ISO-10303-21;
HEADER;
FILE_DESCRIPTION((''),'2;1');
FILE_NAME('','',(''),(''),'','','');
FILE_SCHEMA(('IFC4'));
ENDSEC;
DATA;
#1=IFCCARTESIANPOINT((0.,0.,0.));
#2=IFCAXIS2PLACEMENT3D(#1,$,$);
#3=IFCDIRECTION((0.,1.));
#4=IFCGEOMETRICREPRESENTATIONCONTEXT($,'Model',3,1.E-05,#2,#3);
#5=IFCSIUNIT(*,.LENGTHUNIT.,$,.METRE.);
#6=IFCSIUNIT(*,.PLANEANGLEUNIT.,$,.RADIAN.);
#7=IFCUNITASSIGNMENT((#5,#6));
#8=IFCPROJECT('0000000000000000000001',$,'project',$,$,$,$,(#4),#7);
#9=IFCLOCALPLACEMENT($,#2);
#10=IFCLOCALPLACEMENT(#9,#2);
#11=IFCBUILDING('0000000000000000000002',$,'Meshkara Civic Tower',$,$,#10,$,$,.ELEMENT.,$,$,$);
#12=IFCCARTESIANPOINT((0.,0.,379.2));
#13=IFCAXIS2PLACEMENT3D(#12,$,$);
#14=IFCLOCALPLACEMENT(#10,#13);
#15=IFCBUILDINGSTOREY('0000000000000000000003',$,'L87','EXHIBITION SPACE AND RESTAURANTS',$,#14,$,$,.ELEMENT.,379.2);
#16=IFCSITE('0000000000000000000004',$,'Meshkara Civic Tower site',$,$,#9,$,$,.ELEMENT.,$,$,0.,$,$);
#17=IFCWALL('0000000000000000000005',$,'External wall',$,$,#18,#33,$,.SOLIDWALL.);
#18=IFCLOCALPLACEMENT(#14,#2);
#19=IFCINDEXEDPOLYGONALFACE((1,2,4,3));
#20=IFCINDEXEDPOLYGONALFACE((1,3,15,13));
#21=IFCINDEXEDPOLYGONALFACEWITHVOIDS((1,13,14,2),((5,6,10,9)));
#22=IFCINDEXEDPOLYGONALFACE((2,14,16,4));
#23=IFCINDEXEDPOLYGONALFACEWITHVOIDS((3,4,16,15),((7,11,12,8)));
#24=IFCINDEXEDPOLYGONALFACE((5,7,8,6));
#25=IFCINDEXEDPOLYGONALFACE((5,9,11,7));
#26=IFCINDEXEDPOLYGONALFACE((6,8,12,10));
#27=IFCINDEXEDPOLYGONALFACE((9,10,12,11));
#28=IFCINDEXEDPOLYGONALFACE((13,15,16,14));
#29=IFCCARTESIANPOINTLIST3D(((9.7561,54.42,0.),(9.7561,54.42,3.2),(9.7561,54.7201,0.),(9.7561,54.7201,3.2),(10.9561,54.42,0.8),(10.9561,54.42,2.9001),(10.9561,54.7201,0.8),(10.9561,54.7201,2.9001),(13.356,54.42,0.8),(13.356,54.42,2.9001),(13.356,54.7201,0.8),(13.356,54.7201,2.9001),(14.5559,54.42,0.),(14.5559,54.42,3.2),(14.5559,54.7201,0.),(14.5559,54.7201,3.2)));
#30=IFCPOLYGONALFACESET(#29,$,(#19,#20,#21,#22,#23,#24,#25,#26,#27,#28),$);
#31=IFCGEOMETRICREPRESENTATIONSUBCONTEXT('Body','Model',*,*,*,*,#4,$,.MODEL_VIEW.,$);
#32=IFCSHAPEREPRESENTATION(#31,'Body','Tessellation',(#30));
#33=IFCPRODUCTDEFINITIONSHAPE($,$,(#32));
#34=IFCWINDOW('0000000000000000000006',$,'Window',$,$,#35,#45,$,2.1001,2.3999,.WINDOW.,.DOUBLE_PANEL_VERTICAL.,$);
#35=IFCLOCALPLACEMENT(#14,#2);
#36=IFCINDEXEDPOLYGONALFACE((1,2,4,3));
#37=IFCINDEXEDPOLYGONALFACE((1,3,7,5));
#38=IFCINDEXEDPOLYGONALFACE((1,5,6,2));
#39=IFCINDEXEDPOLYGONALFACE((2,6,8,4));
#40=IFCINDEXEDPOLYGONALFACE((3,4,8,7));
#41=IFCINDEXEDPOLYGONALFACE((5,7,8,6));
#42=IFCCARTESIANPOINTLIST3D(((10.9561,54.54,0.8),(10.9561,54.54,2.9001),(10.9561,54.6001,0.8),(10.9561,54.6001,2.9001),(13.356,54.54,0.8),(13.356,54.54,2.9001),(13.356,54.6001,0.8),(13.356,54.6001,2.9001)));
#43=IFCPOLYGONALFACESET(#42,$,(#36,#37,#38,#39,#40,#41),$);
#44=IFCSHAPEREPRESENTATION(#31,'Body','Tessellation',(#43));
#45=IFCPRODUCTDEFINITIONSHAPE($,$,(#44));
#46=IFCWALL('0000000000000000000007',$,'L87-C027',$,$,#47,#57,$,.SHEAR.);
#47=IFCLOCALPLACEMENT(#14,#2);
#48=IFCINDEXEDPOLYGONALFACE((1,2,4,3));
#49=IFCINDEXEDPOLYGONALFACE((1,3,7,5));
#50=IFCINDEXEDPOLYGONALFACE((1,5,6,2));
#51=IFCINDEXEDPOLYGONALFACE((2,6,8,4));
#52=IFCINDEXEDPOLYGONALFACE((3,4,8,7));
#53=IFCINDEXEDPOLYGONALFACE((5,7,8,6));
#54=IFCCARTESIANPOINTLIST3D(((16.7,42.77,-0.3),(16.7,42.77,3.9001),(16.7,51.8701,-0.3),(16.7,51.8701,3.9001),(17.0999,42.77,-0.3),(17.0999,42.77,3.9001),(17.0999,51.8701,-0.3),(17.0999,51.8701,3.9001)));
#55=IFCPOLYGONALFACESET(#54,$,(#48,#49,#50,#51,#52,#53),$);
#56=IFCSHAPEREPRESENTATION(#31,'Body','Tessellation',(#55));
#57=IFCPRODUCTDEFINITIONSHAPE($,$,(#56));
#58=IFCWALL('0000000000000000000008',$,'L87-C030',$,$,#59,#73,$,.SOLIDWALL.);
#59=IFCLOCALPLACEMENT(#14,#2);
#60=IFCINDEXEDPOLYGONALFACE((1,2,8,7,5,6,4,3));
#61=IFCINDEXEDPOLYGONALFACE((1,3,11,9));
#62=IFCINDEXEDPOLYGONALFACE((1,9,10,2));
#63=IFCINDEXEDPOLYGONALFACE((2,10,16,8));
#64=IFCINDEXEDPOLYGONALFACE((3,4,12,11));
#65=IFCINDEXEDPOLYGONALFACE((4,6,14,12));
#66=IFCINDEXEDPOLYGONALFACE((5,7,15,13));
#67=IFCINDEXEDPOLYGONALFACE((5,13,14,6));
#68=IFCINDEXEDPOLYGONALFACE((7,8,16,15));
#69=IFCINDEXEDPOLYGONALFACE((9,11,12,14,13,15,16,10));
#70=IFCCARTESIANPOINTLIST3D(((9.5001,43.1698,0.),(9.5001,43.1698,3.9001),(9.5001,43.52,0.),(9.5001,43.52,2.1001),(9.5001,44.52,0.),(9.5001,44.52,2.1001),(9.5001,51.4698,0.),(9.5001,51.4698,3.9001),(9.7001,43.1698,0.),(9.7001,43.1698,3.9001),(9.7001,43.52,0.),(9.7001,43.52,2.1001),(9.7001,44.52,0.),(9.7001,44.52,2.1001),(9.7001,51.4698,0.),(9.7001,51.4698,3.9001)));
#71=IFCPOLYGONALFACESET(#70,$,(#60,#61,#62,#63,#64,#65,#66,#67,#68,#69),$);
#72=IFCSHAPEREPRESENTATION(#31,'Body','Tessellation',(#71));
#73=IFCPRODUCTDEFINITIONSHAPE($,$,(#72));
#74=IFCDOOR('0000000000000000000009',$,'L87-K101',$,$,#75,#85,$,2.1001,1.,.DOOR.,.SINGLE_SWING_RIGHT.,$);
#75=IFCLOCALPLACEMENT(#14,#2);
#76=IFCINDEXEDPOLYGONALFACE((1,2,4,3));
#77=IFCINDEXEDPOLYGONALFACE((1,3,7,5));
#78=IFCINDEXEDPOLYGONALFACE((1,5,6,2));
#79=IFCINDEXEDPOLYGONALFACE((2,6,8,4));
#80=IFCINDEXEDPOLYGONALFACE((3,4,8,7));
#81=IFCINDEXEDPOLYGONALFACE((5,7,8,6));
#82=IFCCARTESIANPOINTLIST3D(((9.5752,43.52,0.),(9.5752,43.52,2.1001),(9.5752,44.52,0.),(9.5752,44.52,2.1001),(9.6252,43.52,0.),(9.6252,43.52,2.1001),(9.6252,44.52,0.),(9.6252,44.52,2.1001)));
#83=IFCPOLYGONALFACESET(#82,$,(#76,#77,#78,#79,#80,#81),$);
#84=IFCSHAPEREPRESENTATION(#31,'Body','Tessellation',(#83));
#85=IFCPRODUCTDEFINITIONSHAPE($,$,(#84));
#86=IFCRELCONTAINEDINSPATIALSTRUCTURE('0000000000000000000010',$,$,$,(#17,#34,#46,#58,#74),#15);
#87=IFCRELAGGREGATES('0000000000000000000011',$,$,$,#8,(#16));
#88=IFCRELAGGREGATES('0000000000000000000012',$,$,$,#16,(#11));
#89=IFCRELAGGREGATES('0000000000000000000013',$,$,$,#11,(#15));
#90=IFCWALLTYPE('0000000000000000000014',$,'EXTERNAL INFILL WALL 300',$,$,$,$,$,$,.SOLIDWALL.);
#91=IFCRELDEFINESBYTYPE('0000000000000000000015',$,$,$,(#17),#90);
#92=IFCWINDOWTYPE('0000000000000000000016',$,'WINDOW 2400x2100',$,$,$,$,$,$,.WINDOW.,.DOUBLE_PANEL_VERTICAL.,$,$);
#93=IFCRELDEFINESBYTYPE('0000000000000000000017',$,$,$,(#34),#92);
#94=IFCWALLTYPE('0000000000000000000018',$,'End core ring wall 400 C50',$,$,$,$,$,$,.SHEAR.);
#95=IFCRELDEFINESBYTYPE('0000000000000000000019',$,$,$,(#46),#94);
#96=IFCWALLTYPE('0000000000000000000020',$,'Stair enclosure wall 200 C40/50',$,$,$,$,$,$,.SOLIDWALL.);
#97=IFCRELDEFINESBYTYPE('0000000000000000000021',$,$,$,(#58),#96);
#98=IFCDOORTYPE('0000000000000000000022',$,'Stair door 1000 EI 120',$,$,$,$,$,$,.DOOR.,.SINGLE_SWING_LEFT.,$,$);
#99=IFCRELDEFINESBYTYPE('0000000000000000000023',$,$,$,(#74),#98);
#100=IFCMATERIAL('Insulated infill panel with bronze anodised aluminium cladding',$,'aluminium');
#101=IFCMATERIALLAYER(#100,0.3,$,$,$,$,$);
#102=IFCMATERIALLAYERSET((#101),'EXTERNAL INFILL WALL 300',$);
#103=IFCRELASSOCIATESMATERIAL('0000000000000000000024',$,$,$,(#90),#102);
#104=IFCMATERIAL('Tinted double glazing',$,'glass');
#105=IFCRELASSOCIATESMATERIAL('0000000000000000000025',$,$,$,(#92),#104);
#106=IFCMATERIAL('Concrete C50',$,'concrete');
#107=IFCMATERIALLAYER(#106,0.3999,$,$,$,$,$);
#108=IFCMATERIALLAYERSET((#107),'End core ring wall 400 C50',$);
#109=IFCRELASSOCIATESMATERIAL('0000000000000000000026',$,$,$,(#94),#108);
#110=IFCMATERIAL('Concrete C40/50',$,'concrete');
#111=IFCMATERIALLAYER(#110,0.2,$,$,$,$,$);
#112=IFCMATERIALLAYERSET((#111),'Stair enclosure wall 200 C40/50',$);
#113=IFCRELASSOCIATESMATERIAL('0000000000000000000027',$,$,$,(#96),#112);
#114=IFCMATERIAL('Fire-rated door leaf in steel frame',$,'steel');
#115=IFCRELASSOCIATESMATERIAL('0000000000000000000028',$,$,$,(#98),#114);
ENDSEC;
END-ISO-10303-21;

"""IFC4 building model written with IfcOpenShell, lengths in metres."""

from ifc_helpers import new_model, si_unit, direction, frame, frame_2d, origin, place, context, subcontext, project, spatial, rectangle, extrude, material, layer, layer_set, type_object, element, fill, save


model = new_model("IFC4")

# Units and contexts
model_context = context("Model", 3, precision=1e-05, world=origin(), true_north=direction((0.0, 1.0)))
body_context = subcontext(model_context, "Body", "Model", "MODEL_VIEW")
ifc_project = project(units=[si_unit("LENGTHUNIT", "METRE"), si_unit("PLANEANGLEUNIT", "RADIAN")], contexts=[model_context])

# Site, building, storey
site_placement = place(None, origin())
site = spatial("IfcSite", under=ifc_project, at=site_placement, Name="Meshkara Civic Tower site", CompositionType="ELEMENT", RefElevation=0.0)
building_placement = place(site_placement, origin())
building = spatial("IfcBuilding", under=site, at=building_placement, Name="Meshkara Civic Tower", CompositionType="ELEMENT")
storey_placement = place(building_placement, frame((0.0, 0.0, 379.2)))
storey = spatial("IfcBuildingStorey", under=building, at=storey_placement, Name="L87", Description="EXHIBITION SPACE AND RESTAURANTS", CompositionType="ELEMENT", Elevation=379.2)

# Wall, opening, window
ifc_material_1 = material(Name="Insulated infill panel with bronze anodised aluminium cladding", Category="aluminium")
ifc_layer_1 = layer(ifc_material_1, 0.3)
ifc_layer_set_1 = layer_set([ifc_layer_1], Name="EXTERNAL INFILL WALL 300")
wall_type_1 = type_object("IfcWallType", Name="EXTERNAL INFILL WALL 300", PredefinedType="SOLIDWALL", material=ifc_layer_set_1)
ifc_material_2 = material(Name="Tinted double glazing", Category="glass")
window_type = type_object("IfcWindowType", Name="WINDOW 2400x2100", PartitioningType="DOUBLE_PANEL_VERTICAL", PredefinedType="WINDOW", material=ifc_material_2)
wall_1_placement = place(storey_placement, frame((14.5559, 54.5701, 0.0), z_axis=(0.0, 0.0, 1.0), x_axis=(-1.0, 0.0, 0.0)))
wall_1 = element("IfcWall", 1, at=wall_1_placement, inside=storey, type_object=wall_type_1, Name="External wall", PredefinedType="SOLIDWALL", context=body_context, shape_type="SweptSolid", body=[
    extrude(rectangle(XDim=4.7998, YDim=0.3, at=frame_2d((2.3999, 0.0))), origin(), (0.0, 0.0, 1.0), 3.2),
])
opening_1_placement = place(wall_1_placement, frame((1.2, 0.0, 0.8)))
opening_1 = element("IfcOpeningElement", 2, at=opening_1_placement, cuts=wall_1, PredefinedType="OPENING", context=body_context, shape_type="SweptSolid", body=[
    extrude(rectangle(XDim=2.3999, YDim=2.1001, at=frame_2d((1.2, 1.05))), frame((0.0, 0.1599, 0.0), z_axis=(0.0, -1.0, 0.0), x_axis=(1.0, 0.0, 0.0)), (0.0, 0.0, 1.0), 0.3201),
])
window_1_placement = place(opening_1_placement, origin())
window_1 = element("IfcWindow", 3, at=window_1_placement, inside=storey, type_object=window_type, Name="Window", OverallHeight=2.1001, OverallWidth=2.3999, PartitioningType="DOUBLE_PANEL_VERTICAL", PredefinedType="WINDOW", context=body_context, shape_type="SweptSolid", body=[
    extrude(rectangle(XDim=2.3999, YDim=2.1001, at=frame_2d((1.2, 1.05))), frame((0.0, 0.03, 0.0), z_axis=(0.0, -1.0, 0.0), x_axis=(1.0, 0.0, 0.0)), (0.0, 0.0, 1.0), 0.0601),
])
fill(opening_1, window_1)

# Wall
ifc_material_3 = material(Name="Concrete C50", Category="concrete")
ifc_layer_2 = layer(ifc_material_3, 0.3999)
ifc_layer_set_2 = layer_set([ifc_layer_2], Name="End core ring wall 400 C50")
wall_type_2 = type_object("IfcWallType", Name="End core ring wall 400 C50", PredefinedType="SHEAR", material=ifc_layer_set_2)
wall_2_placement = place(storey_placement, frame((16.8999, 42.77, -0.3), z_axis=(0.0, 0.0, 1.0), x_axis=(0.0, 1.0, 0.0)))
element("IfcWall", 4, at=wall_2_placement, inside=storey, type_object=wall_type_2, Name="L87-C027", PredefinedType="SHEAR", context=body_context, shape_type="SweptSolid", body=[
    extrude(rectangle(XDim=9.1001, YDim=0.3999, at=frame_2d((4.55, 0.0))), origin(), (0.0, 0.0, 1.0), 4.2002),
])

# Wall, opening, door
ifc_material_4 = material(Name="Concrete C40/50", Category="concrete")
ifc_layer_3 = layer(ifc_material_4, 0.2)
ifc_layer_set_3 = layer_set([ifc_layer_3], Name="Stair enclosure wall 200 C40/50")
wall_type_3 = type_object("IfcWallType", Name="Stair enclosure wall 200 C40/50", PredefinedType="SOLIDWALL", material=ifc_layer_set_3)
wall_3_placement = place(storey_placement, frame((9.6001, 43.1699, 0.0), z_axis=(0.0, 0.0, 1.0), x_axis=(0.0, 1.0, 0.0)))
wall_3 = element("IfcWall", 5, at=wall_3_placement, inside=storey, type_object=wall_type_3, Name="L87-C030", PredefinedType="SOLIDWALL", context=body_context, shape_type="SweptSolid", body=[
    extrude(rectangle(XDim=8.3, YDim=0.2, at=frame_2d((4.1499, 0.0))), origin(), (0.0, 0.0, 1.0), 3.9001),
])
opening_2_placement = place(wall_3_placement, frame((0.3501, 0.0, 0.0)))
opening_2 = element("IfcOpeningElement", 6, at=opening_2_placement, cuts=wall_3, PredefinedType="OPENING", context=body_context, shape_type="SweptSolid", body=[
    extrude(rectangle(XDim=1.0, YDim=2.1001, at=frame_2d((0.5, 1.05))), frame((0.0, 0.1099, 0.0), z_axis=(0.0, -1.0, 0.0), x_axis=(1.0, 0.0, 0.0)), (0.0, 0.0, 1.0), 0.22),
])
ifc_material_5 = material(Name="Fire-rated door leaf in steel frame", Category="steel")
door_type = type_object("IfcDoorType", Name="Stair door 1000 EI 120", OperationType="SINGLE_SWING_LEFT", PredefinedType="DOOR", material=ifc_material_5)
door_placement = place(opening_2_placement, origin())
door = element("IfcDoor", 7, at=door_placement, inside=storey, type_object=door_type, Name="L87-K101", OperationType="SINGLE_SWING_RIGHT", OverallHeight=2.1001, OverallWidth=1.0, PredefinedType="DOOR", context=body_context, shape_type="SweptSolid", body=[
    extrude(rectangle(XDim=1.0, YDim=2.1001, at=frame_2d((0.5, 1.05))), frame((0.0, 0.0249, 0.0), z_axis=(0.0, -1.0, 0.0), x_axis=(1.0, 0.0, 0.0)), (0.0, 0.0, 1.0), 0.05),
])
fill(opening_2, door)

save(model, "model.ifc")
